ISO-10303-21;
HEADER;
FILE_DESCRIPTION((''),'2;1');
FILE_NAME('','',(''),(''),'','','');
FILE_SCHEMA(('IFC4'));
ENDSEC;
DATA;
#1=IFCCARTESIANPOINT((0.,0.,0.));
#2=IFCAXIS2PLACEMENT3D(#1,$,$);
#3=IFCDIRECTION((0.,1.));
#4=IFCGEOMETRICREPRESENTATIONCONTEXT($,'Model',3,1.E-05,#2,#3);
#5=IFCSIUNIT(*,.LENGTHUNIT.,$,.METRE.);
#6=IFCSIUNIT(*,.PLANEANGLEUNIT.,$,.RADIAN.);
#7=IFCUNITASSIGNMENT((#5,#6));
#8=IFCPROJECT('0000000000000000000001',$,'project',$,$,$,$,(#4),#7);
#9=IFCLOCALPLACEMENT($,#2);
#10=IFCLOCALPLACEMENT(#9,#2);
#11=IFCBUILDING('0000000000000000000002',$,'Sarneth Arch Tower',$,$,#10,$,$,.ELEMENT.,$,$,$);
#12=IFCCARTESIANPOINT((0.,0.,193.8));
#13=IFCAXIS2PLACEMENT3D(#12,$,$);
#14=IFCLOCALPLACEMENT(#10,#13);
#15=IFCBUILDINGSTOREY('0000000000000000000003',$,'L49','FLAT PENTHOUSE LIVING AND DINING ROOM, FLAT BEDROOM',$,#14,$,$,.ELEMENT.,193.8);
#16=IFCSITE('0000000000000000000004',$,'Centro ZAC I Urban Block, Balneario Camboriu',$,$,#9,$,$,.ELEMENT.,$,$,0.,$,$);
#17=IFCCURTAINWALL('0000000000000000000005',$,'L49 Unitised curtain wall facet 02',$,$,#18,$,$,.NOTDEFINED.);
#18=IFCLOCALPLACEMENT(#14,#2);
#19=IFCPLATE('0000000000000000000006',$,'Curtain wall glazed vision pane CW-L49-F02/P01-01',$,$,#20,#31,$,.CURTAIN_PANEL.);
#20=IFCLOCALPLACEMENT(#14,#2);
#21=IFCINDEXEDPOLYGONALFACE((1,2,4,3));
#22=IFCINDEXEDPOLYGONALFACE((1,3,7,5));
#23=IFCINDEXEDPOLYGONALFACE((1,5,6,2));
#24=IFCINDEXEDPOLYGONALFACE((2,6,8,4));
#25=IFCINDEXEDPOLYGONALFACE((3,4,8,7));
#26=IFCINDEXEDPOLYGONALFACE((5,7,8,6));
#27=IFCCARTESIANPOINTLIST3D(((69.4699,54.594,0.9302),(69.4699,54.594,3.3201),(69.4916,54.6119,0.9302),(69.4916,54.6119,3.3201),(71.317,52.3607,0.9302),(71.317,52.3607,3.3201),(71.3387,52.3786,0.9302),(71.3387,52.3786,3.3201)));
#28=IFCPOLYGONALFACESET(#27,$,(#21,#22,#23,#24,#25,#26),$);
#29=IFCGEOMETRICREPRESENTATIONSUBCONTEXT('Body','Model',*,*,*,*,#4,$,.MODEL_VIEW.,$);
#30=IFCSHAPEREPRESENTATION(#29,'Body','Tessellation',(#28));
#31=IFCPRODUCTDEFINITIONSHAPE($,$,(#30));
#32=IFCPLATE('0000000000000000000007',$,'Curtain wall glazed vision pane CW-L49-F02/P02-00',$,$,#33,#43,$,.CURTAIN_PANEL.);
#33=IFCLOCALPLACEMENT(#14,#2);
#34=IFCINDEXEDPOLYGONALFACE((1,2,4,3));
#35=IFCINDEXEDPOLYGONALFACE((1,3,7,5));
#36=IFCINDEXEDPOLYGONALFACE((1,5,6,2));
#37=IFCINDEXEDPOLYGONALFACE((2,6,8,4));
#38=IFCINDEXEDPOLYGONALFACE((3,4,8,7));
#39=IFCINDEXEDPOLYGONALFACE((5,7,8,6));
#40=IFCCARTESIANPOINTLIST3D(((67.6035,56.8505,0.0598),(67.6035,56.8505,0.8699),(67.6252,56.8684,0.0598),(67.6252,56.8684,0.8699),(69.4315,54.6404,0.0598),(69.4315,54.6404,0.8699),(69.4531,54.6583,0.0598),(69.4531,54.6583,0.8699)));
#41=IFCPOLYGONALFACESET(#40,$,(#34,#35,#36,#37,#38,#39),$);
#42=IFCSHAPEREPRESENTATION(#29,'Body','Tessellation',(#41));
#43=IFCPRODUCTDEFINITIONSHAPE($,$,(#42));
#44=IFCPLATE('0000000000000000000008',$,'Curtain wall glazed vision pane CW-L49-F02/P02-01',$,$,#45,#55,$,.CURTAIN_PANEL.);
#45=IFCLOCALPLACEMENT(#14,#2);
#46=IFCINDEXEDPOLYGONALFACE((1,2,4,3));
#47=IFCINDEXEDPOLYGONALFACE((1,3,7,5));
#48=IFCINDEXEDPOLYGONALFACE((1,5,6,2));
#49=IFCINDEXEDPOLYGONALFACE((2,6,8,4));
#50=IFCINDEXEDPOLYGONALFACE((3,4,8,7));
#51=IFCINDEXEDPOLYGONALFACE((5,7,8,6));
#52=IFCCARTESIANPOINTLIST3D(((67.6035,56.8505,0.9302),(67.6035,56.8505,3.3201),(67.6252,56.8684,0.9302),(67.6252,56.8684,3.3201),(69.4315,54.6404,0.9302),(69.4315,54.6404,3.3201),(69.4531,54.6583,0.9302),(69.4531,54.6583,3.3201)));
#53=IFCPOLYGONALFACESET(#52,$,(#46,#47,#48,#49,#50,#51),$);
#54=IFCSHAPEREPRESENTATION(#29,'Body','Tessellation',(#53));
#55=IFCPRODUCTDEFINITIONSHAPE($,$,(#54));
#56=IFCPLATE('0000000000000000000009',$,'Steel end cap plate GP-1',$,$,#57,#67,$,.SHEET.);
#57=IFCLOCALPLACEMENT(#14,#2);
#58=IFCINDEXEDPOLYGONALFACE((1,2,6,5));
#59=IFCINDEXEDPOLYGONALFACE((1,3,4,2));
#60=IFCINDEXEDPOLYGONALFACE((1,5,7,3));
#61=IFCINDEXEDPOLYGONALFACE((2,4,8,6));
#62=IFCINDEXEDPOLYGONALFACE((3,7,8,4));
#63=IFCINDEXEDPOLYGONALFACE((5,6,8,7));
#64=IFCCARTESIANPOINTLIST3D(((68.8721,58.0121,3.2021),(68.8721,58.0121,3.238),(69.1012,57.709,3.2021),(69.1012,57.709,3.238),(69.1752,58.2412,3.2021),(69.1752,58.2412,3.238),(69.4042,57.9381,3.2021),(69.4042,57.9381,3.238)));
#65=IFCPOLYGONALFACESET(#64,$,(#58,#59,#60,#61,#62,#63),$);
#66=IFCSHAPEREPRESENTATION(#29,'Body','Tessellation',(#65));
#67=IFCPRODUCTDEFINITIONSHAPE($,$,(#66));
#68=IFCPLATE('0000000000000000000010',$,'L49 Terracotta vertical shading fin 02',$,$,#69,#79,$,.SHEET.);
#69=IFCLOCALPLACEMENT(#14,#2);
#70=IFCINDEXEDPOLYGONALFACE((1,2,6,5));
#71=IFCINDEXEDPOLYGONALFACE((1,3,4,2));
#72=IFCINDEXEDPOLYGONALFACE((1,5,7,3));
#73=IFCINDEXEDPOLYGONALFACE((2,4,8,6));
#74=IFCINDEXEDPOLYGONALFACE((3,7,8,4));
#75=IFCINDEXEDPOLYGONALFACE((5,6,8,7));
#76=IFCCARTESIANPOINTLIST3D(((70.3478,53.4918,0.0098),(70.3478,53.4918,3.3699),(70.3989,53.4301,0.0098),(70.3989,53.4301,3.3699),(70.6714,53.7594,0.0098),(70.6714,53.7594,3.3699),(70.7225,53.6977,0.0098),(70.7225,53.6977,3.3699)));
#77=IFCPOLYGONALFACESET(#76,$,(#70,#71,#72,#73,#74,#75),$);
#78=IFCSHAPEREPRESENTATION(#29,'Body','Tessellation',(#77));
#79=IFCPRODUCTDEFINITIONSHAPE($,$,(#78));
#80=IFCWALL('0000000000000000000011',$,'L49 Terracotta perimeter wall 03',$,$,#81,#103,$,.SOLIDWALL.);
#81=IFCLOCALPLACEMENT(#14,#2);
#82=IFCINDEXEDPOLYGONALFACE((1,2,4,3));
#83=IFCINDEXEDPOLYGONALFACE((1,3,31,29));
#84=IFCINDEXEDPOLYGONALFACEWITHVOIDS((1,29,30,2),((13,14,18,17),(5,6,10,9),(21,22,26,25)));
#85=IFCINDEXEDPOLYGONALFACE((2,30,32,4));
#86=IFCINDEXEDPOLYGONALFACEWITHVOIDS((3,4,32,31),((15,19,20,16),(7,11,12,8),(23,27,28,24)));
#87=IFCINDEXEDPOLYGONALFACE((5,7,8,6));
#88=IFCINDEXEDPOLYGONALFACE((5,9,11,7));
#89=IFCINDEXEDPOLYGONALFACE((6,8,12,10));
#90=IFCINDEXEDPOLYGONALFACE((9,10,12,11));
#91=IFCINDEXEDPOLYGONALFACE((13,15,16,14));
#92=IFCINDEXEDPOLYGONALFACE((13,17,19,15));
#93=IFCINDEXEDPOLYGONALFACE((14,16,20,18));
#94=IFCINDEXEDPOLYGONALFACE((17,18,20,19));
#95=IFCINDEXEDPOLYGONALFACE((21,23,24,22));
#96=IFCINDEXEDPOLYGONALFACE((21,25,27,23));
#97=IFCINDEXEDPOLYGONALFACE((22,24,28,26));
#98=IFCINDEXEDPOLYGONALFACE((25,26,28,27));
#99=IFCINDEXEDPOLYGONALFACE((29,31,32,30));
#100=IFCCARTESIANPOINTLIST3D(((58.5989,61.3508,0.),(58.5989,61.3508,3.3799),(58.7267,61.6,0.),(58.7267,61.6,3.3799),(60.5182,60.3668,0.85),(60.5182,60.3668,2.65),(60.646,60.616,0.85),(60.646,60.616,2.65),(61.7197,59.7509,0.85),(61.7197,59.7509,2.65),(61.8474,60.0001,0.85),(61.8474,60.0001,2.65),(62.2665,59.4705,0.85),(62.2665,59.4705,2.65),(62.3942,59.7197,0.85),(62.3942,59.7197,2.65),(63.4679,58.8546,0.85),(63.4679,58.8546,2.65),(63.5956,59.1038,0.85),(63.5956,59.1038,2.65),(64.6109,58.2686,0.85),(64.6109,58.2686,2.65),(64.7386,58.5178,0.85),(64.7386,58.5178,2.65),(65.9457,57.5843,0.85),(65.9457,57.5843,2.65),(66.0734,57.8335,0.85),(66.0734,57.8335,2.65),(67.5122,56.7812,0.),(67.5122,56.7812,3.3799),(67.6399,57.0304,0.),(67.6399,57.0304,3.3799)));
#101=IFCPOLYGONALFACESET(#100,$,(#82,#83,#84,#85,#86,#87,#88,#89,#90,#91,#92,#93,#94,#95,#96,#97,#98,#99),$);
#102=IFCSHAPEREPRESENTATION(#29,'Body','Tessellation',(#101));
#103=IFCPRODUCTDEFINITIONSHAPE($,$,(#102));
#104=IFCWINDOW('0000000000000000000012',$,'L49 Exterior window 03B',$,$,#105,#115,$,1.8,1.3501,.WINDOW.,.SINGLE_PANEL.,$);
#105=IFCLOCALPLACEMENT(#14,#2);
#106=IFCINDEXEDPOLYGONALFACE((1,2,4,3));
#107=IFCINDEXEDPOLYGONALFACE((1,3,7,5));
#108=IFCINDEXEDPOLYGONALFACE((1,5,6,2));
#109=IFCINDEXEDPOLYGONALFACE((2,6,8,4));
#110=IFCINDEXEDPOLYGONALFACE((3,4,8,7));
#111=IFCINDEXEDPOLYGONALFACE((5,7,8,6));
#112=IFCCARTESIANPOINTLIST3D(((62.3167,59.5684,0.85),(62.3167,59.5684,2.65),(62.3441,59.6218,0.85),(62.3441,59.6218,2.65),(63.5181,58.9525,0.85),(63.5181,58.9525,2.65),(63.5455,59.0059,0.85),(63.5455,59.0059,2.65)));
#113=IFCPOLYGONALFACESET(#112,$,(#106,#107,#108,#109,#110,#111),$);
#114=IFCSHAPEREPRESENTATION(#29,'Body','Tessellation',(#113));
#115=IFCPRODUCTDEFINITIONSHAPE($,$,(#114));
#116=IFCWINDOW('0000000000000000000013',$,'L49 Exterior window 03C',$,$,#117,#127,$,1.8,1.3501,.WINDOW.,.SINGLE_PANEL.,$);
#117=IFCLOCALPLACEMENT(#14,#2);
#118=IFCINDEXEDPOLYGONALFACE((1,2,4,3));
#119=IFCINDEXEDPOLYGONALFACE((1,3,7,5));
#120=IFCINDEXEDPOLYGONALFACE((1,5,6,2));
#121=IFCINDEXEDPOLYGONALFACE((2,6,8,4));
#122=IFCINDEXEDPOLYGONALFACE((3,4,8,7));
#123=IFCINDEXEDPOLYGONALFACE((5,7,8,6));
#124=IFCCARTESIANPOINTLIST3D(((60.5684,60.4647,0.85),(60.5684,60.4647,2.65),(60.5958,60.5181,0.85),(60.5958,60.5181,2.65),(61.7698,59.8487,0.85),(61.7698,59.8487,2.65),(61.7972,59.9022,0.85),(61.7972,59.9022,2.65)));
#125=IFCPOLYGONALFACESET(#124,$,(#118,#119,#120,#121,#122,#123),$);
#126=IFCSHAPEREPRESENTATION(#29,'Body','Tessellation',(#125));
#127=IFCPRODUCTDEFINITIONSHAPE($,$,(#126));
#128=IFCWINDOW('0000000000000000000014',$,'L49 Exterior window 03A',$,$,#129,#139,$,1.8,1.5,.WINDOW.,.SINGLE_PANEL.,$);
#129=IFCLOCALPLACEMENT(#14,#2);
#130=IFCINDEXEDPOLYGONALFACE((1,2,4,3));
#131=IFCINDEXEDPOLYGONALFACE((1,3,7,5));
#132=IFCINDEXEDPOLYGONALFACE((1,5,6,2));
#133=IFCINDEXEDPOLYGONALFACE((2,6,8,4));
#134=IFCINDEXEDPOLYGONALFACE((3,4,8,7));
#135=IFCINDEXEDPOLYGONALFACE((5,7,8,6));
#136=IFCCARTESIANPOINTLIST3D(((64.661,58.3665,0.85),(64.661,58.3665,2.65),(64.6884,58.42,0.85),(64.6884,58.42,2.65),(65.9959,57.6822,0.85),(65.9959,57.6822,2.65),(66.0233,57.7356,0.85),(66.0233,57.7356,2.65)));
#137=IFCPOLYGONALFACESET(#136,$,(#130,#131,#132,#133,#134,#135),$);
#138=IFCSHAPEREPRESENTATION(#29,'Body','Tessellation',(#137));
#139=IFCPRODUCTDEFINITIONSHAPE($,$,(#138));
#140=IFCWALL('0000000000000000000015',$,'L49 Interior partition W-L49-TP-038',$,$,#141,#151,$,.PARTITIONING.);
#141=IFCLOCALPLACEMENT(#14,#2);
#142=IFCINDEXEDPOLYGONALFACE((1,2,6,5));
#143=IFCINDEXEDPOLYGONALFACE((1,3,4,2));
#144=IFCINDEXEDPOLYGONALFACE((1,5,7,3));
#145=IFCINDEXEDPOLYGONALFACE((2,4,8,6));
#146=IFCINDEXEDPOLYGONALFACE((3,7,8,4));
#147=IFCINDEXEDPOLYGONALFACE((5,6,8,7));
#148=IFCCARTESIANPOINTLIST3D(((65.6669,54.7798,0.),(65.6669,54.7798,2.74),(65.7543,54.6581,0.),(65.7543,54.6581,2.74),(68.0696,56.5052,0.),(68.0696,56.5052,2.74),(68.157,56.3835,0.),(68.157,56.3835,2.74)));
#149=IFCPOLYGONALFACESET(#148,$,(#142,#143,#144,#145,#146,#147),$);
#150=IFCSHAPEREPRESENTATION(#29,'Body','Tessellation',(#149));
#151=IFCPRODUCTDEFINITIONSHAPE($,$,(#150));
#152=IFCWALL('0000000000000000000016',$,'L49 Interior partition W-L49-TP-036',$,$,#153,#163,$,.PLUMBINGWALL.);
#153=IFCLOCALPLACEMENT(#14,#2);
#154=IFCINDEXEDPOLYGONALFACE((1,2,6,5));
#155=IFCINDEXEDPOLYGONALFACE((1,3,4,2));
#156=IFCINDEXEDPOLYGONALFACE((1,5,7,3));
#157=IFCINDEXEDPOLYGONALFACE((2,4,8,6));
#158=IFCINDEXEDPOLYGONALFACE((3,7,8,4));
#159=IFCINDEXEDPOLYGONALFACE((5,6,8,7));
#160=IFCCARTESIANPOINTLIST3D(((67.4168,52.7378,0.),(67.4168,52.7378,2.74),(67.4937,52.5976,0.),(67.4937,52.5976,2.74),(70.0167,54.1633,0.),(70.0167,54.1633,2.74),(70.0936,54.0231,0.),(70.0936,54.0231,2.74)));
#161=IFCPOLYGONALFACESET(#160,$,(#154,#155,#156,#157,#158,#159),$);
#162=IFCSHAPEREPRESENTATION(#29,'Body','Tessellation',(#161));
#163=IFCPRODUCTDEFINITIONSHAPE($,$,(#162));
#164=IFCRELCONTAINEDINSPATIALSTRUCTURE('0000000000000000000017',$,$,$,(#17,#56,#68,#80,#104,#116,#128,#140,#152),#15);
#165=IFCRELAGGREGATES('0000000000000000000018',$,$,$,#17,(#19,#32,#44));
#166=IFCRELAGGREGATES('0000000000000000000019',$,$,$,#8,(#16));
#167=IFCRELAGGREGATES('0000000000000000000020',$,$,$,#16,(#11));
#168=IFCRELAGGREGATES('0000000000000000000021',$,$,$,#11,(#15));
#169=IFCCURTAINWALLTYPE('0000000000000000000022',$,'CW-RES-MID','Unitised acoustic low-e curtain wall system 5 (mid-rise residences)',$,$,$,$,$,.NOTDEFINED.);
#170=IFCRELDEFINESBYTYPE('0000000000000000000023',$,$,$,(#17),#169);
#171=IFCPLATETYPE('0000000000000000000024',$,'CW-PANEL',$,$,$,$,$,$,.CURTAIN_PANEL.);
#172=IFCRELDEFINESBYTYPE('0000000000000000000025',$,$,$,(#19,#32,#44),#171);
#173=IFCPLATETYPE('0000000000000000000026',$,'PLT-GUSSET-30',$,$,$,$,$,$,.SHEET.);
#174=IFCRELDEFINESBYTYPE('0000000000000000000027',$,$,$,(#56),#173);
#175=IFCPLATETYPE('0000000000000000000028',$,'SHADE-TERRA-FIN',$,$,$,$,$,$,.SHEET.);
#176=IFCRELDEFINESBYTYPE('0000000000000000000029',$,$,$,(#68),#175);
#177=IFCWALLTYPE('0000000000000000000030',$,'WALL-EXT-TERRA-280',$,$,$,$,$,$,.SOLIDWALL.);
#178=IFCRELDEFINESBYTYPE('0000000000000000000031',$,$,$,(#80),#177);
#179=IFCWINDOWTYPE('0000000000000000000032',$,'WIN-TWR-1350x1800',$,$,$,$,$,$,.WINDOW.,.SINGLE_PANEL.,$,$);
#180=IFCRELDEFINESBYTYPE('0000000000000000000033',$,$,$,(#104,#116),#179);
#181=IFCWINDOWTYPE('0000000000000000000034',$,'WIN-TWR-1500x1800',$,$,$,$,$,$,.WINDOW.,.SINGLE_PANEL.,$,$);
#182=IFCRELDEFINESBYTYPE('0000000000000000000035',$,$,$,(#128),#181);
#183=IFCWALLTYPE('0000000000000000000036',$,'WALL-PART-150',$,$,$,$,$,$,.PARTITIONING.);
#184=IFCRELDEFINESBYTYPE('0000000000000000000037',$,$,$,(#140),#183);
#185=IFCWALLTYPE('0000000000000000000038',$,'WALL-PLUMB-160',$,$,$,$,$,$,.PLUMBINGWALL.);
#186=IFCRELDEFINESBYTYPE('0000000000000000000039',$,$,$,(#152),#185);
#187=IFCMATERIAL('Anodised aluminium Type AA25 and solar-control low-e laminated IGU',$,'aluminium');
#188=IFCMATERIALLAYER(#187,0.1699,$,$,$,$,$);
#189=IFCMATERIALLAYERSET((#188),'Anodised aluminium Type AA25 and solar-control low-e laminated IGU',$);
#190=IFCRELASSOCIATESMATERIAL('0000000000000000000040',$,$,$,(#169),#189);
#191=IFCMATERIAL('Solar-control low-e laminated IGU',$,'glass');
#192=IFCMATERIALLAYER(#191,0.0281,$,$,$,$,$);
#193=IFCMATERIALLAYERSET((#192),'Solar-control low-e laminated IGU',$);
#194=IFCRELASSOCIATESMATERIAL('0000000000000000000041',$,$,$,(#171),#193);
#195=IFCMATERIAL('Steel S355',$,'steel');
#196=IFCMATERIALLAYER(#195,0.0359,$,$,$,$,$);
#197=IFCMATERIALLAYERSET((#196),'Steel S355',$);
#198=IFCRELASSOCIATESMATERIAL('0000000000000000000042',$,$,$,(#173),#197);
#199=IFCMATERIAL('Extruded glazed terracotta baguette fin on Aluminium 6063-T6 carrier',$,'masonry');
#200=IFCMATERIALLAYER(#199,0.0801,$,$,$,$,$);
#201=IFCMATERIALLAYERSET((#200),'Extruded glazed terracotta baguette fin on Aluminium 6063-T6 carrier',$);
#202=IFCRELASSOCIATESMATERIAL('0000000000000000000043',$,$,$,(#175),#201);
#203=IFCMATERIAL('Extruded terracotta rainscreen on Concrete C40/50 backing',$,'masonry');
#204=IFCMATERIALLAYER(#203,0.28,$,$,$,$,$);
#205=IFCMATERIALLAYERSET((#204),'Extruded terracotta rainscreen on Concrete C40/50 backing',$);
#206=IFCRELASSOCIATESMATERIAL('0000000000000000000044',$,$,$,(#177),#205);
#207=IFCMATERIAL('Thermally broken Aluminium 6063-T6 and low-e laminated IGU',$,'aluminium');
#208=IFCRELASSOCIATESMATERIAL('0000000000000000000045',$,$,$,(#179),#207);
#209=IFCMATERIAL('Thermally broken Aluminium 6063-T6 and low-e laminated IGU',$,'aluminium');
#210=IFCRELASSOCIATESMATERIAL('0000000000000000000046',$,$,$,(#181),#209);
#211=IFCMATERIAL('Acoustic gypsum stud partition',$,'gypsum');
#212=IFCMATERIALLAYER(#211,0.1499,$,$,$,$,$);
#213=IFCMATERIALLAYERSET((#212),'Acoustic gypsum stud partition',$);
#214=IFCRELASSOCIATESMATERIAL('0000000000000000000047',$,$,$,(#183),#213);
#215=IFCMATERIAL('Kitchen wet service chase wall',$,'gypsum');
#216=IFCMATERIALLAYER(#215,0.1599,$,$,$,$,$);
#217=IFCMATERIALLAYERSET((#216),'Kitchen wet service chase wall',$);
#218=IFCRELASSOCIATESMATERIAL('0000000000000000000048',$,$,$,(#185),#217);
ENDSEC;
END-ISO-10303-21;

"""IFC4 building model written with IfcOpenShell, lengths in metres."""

from ifc_helpers import new_model, si_unit, direction, frame, frame_2d, origin, origin_2d, place, context, subcontext, project, spatial, rectangle, extrude, material, layer, layer_set, type_object, element, fill, aggregate, save


model = new_model("IFC4")

# Units and contexts
model_context = context("Model", 3, precision=1e-05, world=origin(), true_north=direction((0.0, 1.0)))
body_context = subcontext(model_context, "Body", "Model", "MODEL_VIEW")
ifc_project = project(units=[si_unit("LENGTHUNIT", "METRE"), si_unit("PLANEANGLEUNIT", "RADIAN")], contexts=[model_context])

# Site, building, storey
site_placement = place(None, origin())
site = spatial("IfcSite", under=ifc_project, at=site_placement, Name="Centro ZAC I Urban Block, Balneario Camboriu", CompositionType="ELEMENT", RefElevation=0.0)
building_placement = place(site_placement, origin())
building = spatial("IfcBuilding", under=site, at=building_placement, Name="Sarneth Arch Tower", CompositionType="ELEMENT")
storey_placement = place(building_placement, frame((0.0, 0.0, 193.8)))
storey = spatial("IfcBuildingStorey", under=building, at=storey_placement, Name="L49", Description="FLAT PENTHOUSE LIVING AND DINING ROOM, FLAT BEDROOM", CompositionType="ELEMENT", Elevation=193.8)

# Curtain wall
ifc_material_1 = material(Name="Anodised aluminium Type AA25 and solar-control low-e laminated IGU", Category="aluminium")
ifc_layer_1 = layer(ifc_material_1, 0.1699)
ifc_layer_set_1 = layer_set([ifc_layer_1], Name="Anodised aluminium Type AA25 and solar-control low-e laminated IGU")
curtain_wall_type = type_object("IfcCurtainWallType", Name="CW-RES-MID", Description="Unitised acoustic low-e curtain wall system 5 (mid-rise residences)", PredefinedType="NOTDEFINED", material=ifc_layer_set_1)
curtain_wall_placement = place(storey_placement, origin())
curtain_wall = element("IfcCurtainWall", 1, at=curtain_wall_placement, inside=storey, type_object=curtain_wall_type, Name="L49 Unitised curtain wall facet 02", PredefinedType="NOTDEFINED")

# Plates
ifc_material_2 = material(Name="Solar-control low-e laminated IGU", Category="glass")
ifc_layer_2 = layer(ifc_material_2, 0.0281)
ifc_layer_set_2 = layer_set([ifc_layer_2], Name="Solar-control low-e laminated IGU")
plate_type_1 = type_object("IfcPlateType", Name="CW-PANEL", PredefinedType="CURTAIN_PANEL", material=ifc_layer_set_2)
plate_1_placement = place(storey_placement, frame((70.4043, 53.4863, 0.9302), z_axis=(0.0, 0.0, 1.0), x_axis=(-0.63733, 0.770591, 0.0)))
plate_1 = element("IfcPlate", 2, at=plate_1_placement, type_object=plate_type_1, Name="Curtain wall glazed vision pane CW-L49-F02/P01-01", PredefinedType="CURTAIN_PANEL", context=body_context, shape_type="SweptSolid", body=[
    extrude(rectangle(XDim=2.8982, YDim=0.0281, at=origin_2d()), origin(), (0.0, 0.0, 1.0), 2.3899),
])
plate_2_placement = place(storey_placement, frame((68.5283, 55.7544, 0.0598), z_axis=(0.0, 0.0, 1.0), x_axis=(-0.63733, 0.770591, 0.0)))
plate_2 = element("IfcPlate", 3, at=plate_2_placement, type_object=plate_type_1, Name="Curtain wall glazed vision pane CW-L49-F02/P02-00", PredefinedType="CURTAIN_PANEL", context=body_context, shape_type="SweptSolid", body=[
    extrude(rectangle(XDim=2.8682, YDim=0.0281, at=origin_2d()), origin(), (0.0, 0.0, 1.0), 0.8101),
])
plate_3_placement = place(storey_placement, frame((68.5283, 55.7544, 0.9302), z_axis=(0.0, 0.0, 1.0), x_axis=(-0.63733, 0.770591, 0.0)))
plate_3 = element("IfcPlate", 4, at=plate_3_placement, type_object=plate_type_1, Name="Curtain wall glazed vision pane CW-L49-F02/P02-01", PredefinedType="CURTAIN_PANEL", context=body_context, shape_type="SweptSolid", body=[
    extrude(rectangle(XDim=2.8682, YDim=0.0281, at=origin_2d()), origin(), (0.0, 0.0, 1.0), 2.3899),
])
aggregate(curtain_wall, [plate_1, plate_2, plate_3])

# Plates
ifc_material_3 = material(Name="Steel S355", Category="steel")
ifc_layer_3 = layer(ifc_material_3, 0.0359)
ifc_layer_set_3 = layer_set([ifc_layer_3], Name="Steel S355")
plate_type_2 = type_object("IfcPlateType", Name="PLT-GUSSET-30", PredefinedType="SHEET", material=ifc_layer_set_3)
plate_4_placement = place(storey_placement, frame((69.1382, 57.9751, 3.2021), z_axis=(0.0, 0.0, 1.0), x_axis=(0.797794, 0.60293, 0.0)))
element("IfcPlate", 5, at=plate_4_placement, inside=storey, type_object=plate_type_2, Name="Steel end cap plate GP-1", PredefinedType="SHEET", context=body_context, shape_type="SweptSolid", body=[
    extrude(rectangle(XDim=0.3799, YDim=0.3799, at=origin_2d()), origin(), (0.0, 0.0, 1.0), 0.0359),
])
ifc_material_4 = material(Name="Extruded glazed terracotta baguette fin on Aluminium 6063-T6 carrier", Category="masonry")
ifc_layer_4 = layer(ifc_material_4, 0.0801)
ifc_layer_set_4 = layer_set([ifc_layer_4], Name="Extruded glazed terracotta baguette fin on Aluminium 6063-T6 carrier")
plate_type_3 = type_object("IfcPlateType", Name="SHADE-TERRA-FIN", PredefinedType="SHEET", material=ifc_layer_set_4)
plate_5_placement = place(storey_placement, frame((70.5352, 53.5947, 0.0098), z_axis=(0.0, 0.0, 1.0), x_axis=(0.770624, 0.63729, 0.0)))
element("IfcPlate", 6, at=plate_5_placement, inside=storey, type_object=plate_type_3, Name="L49 Terracotta vertical shading fin 02", PredefinedType="SHEET", context=body_context, shape_type="SweptSolid", body=[
    extrude(rectangle(XDim=0.4199, YDim=0.0801, at=origin_2d()), origin(), (0.0, 0.0, 1.0), 3.3601),
])

# Wall, openings, windows
ifc_material_5 = material(Name="Extruded terracotta rainscreen on Concrete C40/50 backing", Category="masonry")
ifc_layer_5 = layer(ifc_material_5, 0.28)
ifc_layer_set_5 = layer_set([ifc_layer_5], Name="Extruded terracotta rainscreen on Concrete C40/50 backing")
wall_type_1 = type_object("IfcWallType", Name="WALL-EXT-TERRA-280", PredefinedType="SOLIDWALL", material=ifc_layer_set_5)
wall_1_placement = place(storey_placement, frame((67.5762, 56.9058, 0.0), z_axis=(0.0, 0.0, 1.0), x_axis=(-0.889873, 0.456209, 0.0)))
wall_1 = element("IfcWall", 7, at=wall_1_placement, inside=storey, type_object=wall_type_1, Name="L49 Terracotta perimeter wall 03", PredefinedType="SOLIDWALL", context=body_context, shape_type="SweptSolid", body=[
    extrude(rectangle(XDim=10.0164, YDim=0.28, at=frame_2d((5.0083, 0.0))), origin(), (0.0, 0.0, 1.0), 3.3799),
])
opening_1_placement = place(wall_1_placement, frame((1.7605, 0.0, 0.8501)))
opening_1 = element("IfcOpeningElement", 8, at=opening_1_placement, cuts=wall_1, PredefinedType="OPENING", context=body_context, shape_type="SweptSolid", body=[
    extrude(rectangle(XDim=1.5, YDim=1.8, at=frame_2d((0.75, 0.8999))), frame((0.0, 0.1499, 0.0), z_axis=(0.0, -1.0, 0.0), x_axis=(1.0, 0.0, 0.0)), (0.0, 0.0, 1.0), 0.3),
])
opening_2_placement = place(wall_1_placement, frame((4.5449, 0.0, 0.8501)))
opening_2 = element("IfcOpeningElement", 9, at=opening_2_placement, cuts=wall_1, PredefinedType="OPENING", context=body_context, shape_type="SweptSolid", body=[
    extrude(rectangle(XDim=1.3501, YDim=1.8, at=frame_2d((0.675, 0.8999))), frame((0.0, 0.1499, 0.0), z_axis=(0.0, -1.0, 0.0), x_axis=(1.0, 0.0, 0.0)), (0.0, 0.0, 1.0), 0.3),
])
opening_3_placement = place(wall_1_placement, frame((6.5095, 0.0, 0.8501)))
opening_3 = element("IfcOpeningElement", 10, at=opening_3_placement, cuts=wall_1, PredefinedType="OPENING", context=body_context, shape_type="SweptSolid", body=[
    extrude(rectangle(XDim=1.3501, YDim=1.8, at=frame_2d((0.675, 0.8999))), frame((0.0, 0.1499, 0.0), z_axis=(0.0, -1.0, 0.0), x_axis=(1.0, 0.0, 0.0)), (0.0, 0.0, 1.0), 0.3),
])
ifc_material_6 = material(Name="Thermally broken Aluminium 6063-T6 and low-e laminated IGU", Category="aluminium")
window_type_1 = type_object("IfcWindowType", Name="WIN-TWR-1350x1800", PartitioningType="SINGLE_PANEL", PredefinedType="WINDOW", material=ifc_material_6)
window_1_placement = place(opening_2_placement, origin())
window_1 = element("IfcWindow", 11, at=window_1_placement, inside=storey, type_object=window_type_1, Name="L49 Exterior window 03B", OverallHeight=1.8, OverallWidth=1.3501, PartitioningType="SINGLE_PANEL", PredefinedType="WINDOW", context=body_context, shape_type="SweptSolid", body=[
    extrude(rectangle(XDim=1.3501, YDim=1.8, at=frame_2d((0.675, 0.8999))), frame((0.0, 0.03, 0.0), z_axis=(0.0, -1.0, 0.0), x_axis=(1.0, 0.0, 0.0)), (0.0, 0.0, 1.0), 0.0601),
])
fill(opening_2, window_1)
window_2_placement = place(opening_3_placement, origin())
window_2 = element("IfcWindow", 12, at=window_2_placement, inside=storey, type_object=window_type_1, Name="L49 Exterior window 03C", OverallHeight=1.8, OverallWidth=1.3501, PartitioningType="SINGLE_PANEL", PredefinedType="WINDOW", context=body_context, shape_type="SweptSolid", body=[
    extrude(rectangle(XDim=1.3501, YDim=1.8, at=frame_2d((0.675, 0.8999))), frame((0.0, 0.03, 0.0), z_axis=(0.0, -1.0, 0.0), x_axis=(1.0, 0.0, 0.0)), (0.0, 0.0, 1.0), 0.0601),
])
fill(opening_3, window_2)
ifc_material_7 = material(Name="Thermally broken Aluminium 6063-T6 and low-e laminated IGU", Category="aluminium")
window_type_2 = type_object("IfcWindowType", Name="WIN-TWR-1500x1800", PartitioningType="SINGLE_PANEL", PredefinedType="WINDOW", material=ifc_material_7)
window_3_placement = place(opening_1_placement, origin())
window_3 = element("IfcWindow", 13, at=window_3_placement, inside=storey, type_object=window_type_2, Name="L49 Exterior window 03A", OverallHeight=1.8, OverallWidth=1.5, PartitioningType="SINGLE_PANEL", PredefinedType="WINDOW", context=body_context, shape_type="SweptSolid", body=[
    extrude(rectangle(XDim=1.5, YDim=1.8, at=frame_2d((0.75, 0.8999))), frame((0.0, 0.03, 0.0), z_axis=(0.0, -1.0, 0.0), x_axis=(1.0, 0.0, 0.0)), (0.0, 0.0, 1.0), 0.0601),
])
fill(opening_1, window_3)

# Walls
ifc_material_8 = material(Name="Acoustic gypsum stud partition", Category="gypsum")
ifc_layer_6 = layer(ifc_material_8, 0.1499)
ifc_layer_set_6 = layer_set([ifc_layer_6], Name="Acoustic gypsum stud partition")
wall_type_2 = type_object("IfcWallType", Name="WALL-PART-150", PredefinedType="PARTITIONING", material=ifc_layer_set_6)
wall_2_placement = place(storey_placement, frame((68.1133, 56.4443, 0.0), z_axis=(0.0, 0.0, 1.0), x_axis=(-0.812259, -0.583298, 0.0)))
element("IfcWall", 14, at=wall_2_placement, inside=storey, type_object=wall_type_2, Name="L49 Interior partition W-L49-TP-038", PredefinedType="PARTITIONING", context=body_context, shape_type="SweptSolid", body=[
    extrude(rectangle(XDim=2.958, YDim=0.1499, at=frame_2d((1.479, 0.0))), origin(), (0.0, 0.0, 1.0), 2.74),
])
ifc_material_9 = material(Name="Kitchen wet service chase wall", Category="gypsum")
ifc_layer_7 = layer(ifc_material_9, 0.1599)
ifc_layer_set_7 = layer_set([ifc_layer_7], Name="Kitchen wet service chase wall")
wall_type_3 = type_object("IfcWallType", Name="WALL-PLUMB-160", PredefinedType="PLUMBINGWALL", material=ifc_layer_set_7)
wall_3_placement = place(storey_placement, frame((67.4553, 52.6677, 0.0), z_axis=(0.0, 0.0, 1.0), x_axis=(0.876839, 0.480784, 0.0)))
element("IfcWall", 15, at=wall_3_placement, inside=storey, type_object=wall_type_3, Name="L49 Interior partition W-L49-TP-036", PredefinedType="PLUMBINGWALL", context=body_context, shape_type="SweptSolid", body=[
    extrude(rectangle(XDim=2.9651, YDim=0.1599, at=frame_2d((1.4824, 0.0))), origin(), (0.0, 0.0, 1.0), 2.74),
])

save(model, "model.ifc")
